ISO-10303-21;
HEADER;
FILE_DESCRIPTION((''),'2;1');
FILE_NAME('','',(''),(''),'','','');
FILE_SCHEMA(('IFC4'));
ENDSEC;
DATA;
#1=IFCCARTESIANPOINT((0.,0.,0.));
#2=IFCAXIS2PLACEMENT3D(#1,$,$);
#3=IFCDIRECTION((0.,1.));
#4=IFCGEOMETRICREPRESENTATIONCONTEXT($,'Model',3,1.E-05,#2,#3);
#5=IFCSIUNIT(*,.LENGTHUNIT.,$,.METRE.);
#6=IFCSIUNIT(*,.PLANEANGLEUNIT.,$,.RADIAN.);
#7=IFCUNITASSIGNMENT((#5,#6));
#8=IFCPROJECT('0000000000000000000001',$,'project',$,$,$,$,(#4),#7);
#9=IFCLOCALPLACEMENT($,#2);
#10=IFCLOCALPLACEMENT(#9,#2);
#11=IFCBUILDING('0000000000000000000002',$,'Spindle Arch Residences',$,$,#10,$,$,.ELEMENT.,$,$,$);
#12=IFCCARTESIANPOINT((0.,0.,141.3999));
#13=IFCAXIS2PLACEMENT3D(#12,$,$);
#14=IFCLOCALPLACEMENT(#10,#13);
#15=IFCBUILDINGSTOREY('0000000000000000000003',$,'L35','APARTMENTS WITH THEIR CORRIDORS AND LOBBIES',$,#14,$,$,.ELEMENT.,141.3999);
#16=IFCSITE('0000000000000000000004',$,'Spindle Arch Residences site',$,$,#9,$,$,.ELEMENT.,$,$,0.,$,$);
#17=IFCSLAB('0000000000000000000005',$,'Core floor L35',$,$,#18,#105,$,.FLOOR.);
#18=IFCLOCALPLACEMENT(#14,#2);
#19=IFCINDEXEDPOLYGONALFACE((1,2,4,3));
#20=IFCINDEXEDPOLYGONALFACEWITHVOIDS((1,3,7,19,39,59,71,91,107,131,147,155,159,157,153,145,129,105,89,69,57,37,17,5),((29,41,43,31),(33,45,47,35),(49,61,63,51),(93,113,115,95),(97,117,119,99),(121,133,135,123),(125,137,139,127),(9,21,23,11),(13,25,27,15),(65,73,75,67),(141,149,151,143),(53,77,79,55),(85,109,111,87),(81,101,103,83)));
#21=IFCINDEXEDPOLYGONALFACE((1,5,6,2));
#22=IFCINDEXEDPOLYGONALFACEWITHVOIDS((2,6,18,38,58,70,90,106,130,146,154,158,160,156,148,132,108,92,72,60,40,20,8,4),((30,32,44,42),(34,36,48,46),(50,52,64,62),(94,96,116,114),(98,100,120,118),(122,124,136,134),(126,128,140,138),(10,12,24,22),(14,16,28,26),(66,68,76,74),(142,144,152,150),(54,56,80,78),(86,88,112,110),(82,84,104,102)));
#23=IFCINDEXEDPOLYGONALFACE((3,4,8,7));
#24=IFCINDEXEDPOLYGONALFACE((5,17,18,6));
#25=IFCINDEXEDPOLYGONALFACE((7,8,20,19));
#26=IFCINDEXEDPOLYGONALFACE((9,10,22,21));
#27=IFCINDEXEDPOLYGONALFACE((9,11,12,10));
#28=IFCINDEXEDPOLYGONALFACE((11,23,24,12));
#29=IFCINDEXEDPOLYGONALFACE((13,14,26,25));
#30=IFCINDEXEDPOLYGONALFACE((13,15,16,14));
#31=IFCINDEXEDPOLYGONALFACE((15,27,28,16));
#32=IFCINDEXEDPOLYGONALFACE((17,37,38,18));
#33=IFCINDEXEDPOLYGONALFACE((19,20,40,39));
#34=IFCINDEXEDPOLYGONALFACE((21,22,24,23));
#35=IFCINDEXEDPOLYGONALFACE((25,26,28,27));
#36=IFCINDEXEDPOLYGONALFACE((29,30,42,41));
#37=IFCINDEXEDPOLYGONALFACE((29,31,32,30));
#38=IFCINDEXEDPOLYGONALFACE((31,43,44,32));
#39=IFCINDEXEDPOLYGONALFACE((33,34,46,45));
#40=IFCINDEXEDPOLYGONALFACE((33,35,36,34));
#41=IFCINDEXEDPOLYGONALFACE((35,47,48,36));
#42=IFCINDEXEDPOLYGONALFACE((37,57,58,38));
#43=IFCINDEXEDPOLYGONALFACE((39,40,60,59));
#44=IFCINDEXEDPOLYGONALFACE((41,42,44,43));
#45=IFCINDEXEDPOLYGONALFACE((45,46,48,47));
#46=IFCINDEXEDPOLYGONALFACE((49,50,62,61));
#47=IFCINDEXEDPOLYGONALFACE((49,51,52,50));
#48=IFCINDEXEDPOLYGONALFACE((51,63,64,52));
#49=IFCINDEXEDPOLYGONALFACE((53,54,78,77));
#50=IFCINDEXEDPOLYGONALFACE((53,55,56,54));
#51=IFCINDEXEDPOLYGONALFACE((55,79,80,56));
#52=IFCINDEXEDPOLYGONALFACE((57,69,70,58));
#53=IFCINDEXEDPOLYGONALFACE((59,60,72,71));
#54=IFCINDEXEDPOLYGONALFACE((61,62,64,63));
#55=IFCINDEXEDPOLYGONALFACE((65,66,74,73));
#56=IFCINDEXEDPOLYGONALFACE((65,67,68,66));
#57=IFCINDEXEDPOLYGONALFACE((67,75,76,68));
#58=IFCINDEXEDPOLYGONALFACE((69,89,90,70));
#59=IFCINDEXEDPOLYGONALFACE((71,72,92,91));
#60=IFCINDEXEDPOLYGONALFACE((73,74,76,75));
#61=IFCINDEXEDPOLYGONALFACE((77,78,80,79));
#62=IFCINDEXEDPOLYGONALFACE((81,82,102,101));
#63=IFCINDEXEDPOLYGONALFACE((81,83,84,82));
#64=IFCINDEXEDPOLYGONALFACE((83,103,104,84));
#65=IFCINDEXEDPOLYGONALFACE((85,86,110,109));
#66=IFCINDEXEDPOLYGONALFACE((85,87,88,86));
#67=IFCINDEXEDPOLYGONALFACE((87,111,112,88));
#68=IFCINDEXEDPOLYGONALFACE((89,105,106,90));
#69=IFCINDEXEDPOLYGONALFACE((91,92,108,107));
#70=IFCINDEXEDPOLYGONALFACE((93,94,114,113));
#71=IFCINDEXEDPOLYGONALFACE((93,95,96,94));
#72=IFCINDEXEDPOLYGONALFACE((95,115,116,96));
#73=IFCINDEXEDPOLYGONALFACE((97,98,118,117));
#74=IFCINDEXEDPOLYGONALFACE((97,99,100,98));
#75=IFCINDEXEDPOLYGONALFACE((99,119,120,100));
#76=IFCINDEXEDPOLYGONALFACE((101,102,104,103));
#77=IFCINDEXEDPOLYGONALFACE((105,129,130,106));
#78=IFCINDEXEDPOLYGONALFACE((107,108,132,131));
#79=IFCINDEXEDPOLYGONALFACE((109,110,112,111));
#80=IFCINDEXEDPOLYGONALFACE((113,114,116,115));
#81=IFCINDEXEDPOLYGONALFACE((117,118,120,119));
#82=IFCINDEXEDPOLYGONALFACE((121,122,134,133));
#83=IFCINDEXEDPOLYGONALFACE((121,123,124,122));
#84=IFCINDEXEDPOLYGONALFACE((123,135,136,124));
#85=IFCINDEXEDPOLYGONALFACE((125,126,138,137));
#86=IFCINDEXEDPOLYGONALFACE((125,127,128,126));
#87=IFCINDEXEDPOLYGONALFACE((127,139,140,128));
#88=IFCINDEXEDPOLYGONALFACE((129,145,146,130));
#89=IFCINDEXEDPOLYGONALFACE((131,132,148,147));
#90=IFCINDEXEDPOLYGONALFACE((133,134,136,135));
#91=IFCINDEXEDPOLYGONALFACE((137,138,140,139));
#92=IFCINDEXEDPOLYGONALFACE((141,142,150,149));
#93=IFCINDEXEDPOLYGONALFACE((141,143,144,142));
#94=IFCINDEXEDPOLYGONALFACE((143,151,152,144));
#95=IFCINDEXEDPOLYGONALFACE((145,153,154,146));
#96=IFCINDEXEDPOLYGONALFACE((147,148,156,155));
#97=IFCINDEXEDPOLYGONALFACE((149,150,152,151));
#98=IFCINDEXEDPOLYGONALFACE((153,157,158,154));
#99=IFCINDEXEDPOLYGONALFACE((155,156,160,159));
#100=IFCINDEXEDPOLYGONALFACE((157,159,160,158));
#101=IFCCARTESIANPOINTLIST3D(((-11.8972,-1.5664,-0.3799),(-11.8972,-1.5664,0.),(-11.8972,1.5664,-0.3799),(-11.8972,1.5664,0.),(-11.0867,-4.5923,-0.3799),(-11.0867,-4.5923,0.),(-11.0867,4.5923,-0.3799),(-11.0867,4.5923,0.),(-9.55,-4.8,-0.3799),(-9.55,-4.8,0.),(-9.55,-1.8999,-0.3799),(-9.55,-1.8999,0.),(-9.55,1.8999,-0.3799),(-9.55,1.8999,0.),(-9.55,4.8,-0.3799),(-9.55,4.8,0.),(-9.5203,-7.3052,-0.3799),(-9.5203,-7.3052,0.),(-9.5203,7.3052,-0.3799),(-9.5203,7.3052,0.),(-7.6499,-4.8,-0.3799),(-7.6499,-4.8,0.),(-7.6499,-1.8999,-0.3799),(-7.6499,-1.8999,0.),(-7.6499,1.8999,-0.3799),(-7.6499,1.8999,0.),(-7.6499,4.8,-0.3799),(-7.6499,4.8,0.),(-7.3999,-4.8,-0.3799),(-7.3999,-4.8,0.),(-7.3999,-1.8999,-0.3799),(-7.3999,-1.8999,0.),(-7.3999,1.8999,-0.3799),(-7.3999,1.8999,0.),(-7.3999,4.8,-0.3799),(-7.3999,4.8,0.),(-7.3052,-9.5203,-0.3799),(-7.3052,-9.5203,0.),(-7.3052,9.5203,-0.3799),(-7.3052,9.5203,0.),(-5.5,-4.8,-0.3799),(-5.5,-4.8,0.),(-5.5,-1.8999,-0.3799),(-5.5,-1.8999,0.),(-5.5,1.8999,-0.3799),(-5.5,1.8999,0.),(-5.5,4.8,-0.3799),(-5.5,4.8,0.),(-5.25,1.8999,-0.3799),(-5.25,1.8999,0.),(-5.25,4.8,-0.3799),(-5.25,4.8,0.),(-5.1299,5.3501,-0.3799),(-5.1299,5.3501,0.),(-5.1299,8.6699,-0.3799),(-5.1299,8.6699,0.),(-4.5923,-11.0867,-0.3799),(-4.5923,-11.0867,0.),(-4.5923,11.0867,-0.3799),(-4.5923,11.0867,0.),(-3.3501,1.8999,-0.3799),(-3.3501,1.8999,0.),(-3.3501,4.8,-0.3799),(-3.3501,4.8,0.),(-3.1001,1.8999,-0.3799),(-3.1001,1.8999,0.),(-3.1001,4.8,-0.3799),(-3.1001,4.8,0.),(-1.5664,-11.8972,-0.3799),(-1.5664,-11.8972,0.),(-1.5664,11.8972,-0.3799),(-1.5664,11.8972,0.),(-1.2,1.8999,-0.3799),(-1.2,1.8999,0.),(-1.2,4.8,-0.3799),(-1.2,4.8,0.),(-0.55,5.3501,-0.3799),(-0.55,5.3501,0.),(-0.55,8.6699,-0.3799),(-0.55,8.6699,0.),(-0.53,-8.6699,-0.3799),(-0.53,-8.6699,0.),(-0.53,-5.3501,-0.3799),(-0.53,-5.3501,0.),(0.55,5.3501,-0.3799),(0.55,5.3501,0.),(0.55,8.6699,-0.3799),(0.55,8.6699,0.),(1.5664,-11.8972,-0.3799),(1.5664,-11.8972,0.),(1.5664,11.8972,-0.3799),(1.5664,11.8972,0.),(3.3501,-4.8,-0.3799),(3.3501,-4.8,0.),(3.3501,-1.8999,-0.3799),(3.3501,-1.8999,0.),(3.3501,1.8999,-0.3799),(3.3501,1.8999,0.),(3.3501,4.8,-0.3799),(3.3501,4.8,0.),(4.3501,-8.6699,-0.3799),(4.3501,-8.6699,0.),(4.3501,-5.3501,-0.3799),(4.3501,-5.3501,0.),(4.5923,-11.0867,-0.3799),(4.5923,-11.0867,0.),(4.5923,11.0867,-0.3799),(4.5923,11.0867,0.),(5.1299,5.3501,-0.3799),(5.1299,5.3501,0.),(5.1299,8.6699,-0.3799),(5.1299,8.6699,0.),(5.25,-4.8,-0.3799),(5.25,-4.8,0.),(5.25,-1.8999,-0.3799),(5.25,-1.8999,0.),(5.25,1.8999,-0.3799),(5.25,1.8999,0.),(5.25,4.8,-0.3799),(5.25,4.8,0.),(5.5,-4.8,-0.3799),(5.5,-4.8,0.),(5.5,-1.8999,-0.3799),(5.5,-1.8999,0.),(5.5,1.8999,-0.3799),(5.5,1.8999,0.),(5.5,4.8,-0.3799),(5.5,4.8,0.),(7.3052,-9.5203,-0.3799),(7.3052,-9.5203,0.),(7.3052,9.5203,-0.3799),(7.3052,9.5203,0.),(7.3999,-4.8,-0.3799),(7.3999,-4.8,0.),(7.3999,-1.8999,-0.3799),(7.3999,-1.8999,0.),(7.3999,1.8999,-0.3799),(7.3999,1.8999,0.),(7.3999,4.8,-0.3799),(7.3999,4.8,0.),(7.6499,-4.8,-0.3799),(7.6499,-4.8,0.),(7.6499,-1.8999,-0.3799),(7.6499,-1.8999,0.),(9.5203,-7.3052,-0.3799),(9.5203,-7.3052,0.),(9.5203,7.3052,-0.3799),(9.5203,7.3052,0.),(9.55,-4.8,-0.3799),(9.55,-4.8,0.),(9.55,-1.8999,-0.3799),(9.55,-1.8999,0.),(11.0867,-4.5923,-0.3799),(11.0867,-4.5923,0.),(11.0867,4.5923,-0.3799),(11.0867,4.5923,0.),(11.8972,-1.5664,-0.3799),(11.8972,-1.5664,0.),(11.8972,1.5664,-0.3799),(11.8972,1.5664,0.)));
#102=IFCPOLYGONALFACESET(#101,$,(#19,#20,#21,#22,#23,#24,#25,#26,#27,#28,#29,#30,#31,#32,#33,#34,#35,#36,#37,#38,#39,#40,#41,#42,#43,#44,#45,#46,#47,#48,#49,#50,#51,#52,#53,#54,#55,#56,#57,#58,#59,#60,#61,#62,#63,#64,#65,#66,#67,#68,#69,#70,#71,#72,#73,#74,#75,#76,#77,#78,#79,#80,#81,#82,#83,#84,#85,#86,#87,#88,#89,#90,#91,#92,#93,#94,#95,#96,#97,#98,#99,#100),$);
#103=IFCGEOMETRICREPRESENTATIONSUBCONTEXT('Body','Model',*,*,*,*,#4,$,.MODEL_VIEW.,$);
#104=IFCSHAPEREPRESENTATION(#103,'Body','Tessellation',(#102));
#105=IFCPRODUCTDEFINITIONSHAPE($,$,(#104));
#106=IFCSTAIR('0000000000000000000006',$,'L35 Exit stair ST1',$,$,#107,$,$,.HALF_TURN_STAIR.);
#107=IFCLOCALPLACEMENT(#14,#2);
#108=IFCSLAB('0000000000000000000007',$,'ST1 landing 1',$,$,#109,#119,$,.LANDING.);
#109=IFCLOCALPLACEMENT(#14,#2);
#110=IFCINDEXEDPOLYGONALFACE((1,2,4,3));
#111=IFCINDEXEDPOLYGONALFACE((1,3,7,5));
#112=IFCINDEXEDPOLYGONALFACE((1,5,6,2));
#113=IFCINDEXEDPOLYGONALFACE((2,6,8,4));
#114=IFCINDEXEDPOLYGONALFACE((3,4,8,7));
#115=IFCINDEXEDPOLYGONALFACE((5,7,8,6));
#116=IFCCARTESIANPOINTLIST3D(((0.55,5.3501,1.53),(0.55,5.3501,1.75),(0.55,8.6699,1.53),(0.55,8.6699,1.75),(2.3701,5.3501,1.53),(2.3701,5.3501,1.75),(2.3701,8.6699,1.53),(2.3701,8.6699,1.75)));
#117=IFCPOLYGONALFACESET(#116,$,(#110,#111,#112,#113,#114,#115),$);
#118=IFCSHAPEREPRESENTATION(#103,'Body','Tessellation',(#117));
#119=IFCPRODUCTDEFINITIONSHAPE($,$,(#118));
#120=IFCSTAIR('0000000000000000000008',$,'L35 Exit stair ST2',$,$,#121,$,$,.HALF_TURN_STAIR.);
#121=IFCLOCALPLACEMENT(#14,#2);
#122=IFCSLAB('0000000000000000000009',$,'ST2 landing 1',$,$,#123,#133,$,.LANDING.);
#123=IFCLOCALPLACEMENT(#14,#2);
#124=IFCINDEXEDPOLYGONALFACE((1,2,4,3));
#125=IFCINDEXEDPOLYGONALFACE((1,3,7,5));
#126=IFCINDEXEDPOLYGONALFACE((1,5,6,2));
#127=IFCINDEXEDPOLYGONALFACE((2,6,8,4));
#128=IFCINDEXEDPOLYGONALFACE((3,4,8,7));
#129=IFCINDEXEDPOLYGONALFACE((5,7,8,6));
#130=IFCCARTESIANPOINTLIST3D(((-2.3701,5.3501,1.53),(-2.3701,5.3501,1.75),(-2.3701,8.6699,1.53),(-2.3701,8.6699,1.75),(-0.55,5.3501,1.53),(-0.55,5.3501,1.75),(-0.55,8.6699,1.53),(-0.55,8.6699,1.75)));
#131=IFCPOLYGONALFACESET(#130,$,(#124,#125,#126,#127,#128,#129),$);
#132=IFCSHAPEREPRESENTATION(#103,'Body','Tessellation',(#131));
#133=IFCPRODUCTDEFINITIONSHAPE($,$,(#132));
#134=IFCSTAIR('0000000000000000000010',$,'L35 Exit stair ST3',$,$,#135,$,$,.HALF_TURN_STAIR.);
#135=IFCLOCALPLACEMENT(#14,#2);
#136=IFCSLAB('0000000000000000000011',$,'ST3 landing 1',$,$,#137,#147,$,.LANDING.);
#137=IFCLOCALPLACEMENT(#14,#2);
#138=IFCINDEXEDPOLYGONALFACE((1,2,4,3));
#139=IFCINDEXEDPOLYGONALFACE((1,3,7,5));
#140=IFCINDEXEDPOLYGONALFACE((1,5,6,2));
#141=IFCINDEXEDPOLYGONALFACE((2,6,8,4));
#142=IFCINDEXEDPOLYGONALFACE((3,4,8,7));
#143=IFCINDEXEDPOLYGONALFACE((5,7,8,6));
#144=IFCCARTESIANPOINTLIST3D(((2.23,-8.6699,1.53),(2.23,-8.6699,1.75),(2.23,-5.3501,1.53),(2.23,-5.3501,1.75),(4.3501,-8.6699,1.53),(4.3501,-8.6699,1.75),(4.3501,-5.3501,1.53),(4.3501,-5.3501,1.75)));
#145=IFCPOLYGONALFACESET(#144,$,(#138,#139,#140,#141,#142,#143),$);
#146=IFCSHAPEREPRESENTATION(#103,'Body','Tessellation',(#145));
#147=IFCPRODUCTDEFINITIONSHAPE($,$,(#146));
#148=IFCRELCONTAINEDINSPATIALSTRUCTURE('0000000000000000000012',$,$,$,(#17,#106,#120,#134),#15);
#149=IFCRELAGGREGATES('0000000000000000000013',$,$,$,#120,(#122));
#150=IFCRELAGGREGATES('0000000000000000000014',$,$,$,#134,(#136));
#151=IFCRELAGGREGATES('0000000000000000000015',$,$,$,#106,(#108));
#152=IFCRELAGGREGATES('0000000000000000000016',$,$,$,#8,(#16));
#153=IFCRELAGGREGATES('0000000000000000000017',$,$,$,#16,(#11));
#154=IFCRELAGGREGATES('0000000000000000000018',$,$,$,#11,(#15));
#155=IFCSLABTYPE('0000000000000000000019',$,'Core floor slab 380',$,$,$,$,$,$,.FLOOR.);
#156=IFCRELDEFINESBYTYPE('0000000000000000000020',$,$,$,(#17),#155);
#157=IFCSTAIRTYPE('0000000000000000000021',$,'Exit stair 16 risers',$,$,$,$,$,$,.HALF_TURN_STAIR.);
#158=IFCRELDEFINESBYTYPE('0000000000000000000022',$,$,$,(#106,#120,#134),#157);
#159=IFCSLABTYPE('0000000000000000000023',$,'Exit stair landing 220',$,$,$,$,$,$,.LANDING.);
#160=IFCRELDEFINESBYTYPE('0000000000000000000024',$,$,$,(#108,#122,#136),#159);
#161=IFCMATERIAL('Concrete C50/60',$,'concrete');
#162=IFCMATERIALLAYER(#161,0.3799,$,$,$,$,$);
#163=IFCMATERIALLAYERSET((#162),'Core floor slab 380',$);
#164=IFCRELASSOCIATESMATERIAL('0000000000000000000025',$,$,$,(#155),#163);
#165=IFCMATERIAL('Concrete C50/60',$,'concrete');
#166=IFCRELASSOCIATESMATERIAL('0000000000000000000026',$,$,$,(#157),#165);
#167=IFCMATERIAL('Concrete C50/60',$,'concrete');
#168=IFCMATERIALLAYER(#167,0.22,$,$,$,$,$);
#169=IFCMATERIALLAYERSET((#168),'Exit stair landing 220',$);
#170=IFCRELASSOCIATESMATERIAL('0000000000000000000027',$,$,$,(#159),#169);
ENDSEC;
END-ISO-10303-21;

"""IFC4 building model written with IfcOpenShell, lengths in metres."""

from ifc_helpers import new_model, si_unit, direction, frame, origin, place, context, subcontext, project, spatial, polyline, outline, extrude, material, layer, layer_set, type_object, element, aggregate, save


model = new_model("IFC4")

# Units and contexts
model_context = context("Model", 3, precision=1e-05, world=origin(), true_north=direction((0.0, 1.0)))
body_context = subcontext(model_context, "Body", "Model", "MODEL_VIEW")
ifc_project = project(units=[si_unit("LENGTHUNIT", "METRE"), si_unit("PLANEANGLEUNIT", "RADIAN")], contexts=[model_context])

# Site, building, storey
site_placement = place(None, origin())
site = spatial("IfcSite", under=ifc_project, at=site_placement, Name="Spindle Arch Residences site", CompositionType="ELEMENT", RefElevation=0.0)
building_placement = place(site_placement, origin())
building = spatial("IfcBuilding", under=site, at=building_placement, Name="Spindle Arch Residences", CompositionType="ELEMENT")
storey_placement = place(building_placement, frame((0.0, 0.0, 141.3999)))
storey = spatial("IfcBuildingStorey", under=building, at=storey_placement, Name="L35", Description="APARTMENTS WITH THEIR CORRIDORS AND LOBBIES", CompositionType="ELEMENT", Elevation=141.3999)

# Slab
ifc_material_1 = material(Name="Concrete C50/60", Category="concrete")
ifc_layer_1 = layer(ifc_material_1, 0.3799)
ifc_layer_set_1 = layer_set([ifc_layer_1], Name="Core floor slab 380")
slab_type_1 = type_object("IfcSlabType", Name="Core floor slab 380", PredefinedType="FLOOR", material=ifc_layer_set_1)
slab_1_placement = place(storey_placement, frame((0.0, 0.0, -0.3799)))
element("IfcSlab", 1, at=slab_1_placement, inside=storey, type_object=slab_type_1, Name="Core floor L35", PredefinedType="FLOOR", context=body_context, shape_type="SweptSolid", body=[
    extrude(outline(polyline([(1.5664, -11.8972), (4.5923, -11.0867), (7.3052, -9.5203), (9.5203, -7.3052), (11.0867, -4.5923), (11.8972, -1.5664), (11.8972, 1.5664), (11.0867, 4.5923), (9.5203, 7.3052), (7.3052, 9.5203), (4.5923, 11.0867), (1.5664, 11.8972), (-1.5664, 11.8972), (-4.5923, 11.0867), (-7.3052, 9.5203), (-9.5203, 7.3052), (-11.0867, 4.5923), (-11.8972, 1.5664), (-11.8972, -1.5664), (-11.0867, -4.5923), (-9.5203, -7.3052), (-7.3052, -9.5203), (-4.5923, -11.0867), (-1.5664, -11.8972), (1.5664, -11.8972)]), holes=[polyline([(-9.55, 1.8999), (-7.6499, 1.8999), (-7.6499, 4.8), (-9.55, 4.8), (-9.55, 1.8999)]), polyline([(-7.3999, 1.8999), (-5.5, 1.8999), (-5.5, 4.8), (-7.3999, 4.8), (-7.3999, 1.8999)]), polyline([(-5.25, 1.8999), (-3.3501, 1.8999), (-3.3501, 4.8), (-5.25, 4.8), (-5.25, 1.8999)]), polyline([(-3.1001, 1.8999), (-1.2, 1.8999), (-1.2, 4.8), (-3.1001, 4.8), (-3.1001, 1.8999)]), polyline([(3.3501, 1.8999), (5.25, 1.8999), (5.25, 4.8), (3.3501, 4.8), (3.3501, 1.8999)]), polyline([(5.5, 1.8999), (7.3999, 1.8999), (7.3999, 4.8), (5.5, 4.8), (5.5, 1.8999)]), polyline([(-9.55, -4.8), (-7.6499, -4.8), (-7.6499, -1.8999), (-9.55, -1.8999), (-9.55, -4.8)]), polyline([(-7.3999, -4.8), (-5.5, -4.8), (-5.5, -1.8999), (-7.3999, -1.8999), (-7.3999, -4.8)]), polyline([(3.3501, -4.8), (5.25, -4.8), (5.25, -1.8999), (3.3501, -1.8999), (3.3501, -4.8)]), polyline([(5.5, -4.8), (7.3999, -4.8), (7.3999, -1.8999), (5.5, -1.8999), (5.5, -4.8)]), polyline([(7.6499, -4.8), (9.55, -4.8), (9.55, -1.8999), (7.6499, -1.8999), (7.6499, -4.8)]), polyline([(5.1299, 8.6699), (0.55, 8.6699), (0.55, 5.3501), (5.1299, 5.3501), (5.1299, 8.6699)]), polyline([(-5.1299, 5.3501), (-0.55, 5.3501), (-0.55, 8.6699), (-5.1299, 8.6699), (-5.1299, 5.3501)]), polyline([(-0.53, -8.6699), (4.3501, -8.6699), (4.3501, -5.3501), (-0.53, -5.3501), (-0.53, -8.6699)])]), origin(), (0.0, 0.0, 1.0), 0.3799),
])

# Stairs, slabs
ifc_material_2 = material(Name="Concrete C50/60", Category="concrete")
stair_type = type_object("IfcStairType", Name="Exit stair 16 risers", PredefinedType="HALF_TURN_STAIR", material=ifc_material_2)
stair_1_placement = place(storey_placement, origin())
stair_1 = element("IfcStair", 2, at=stair_1_placement, inside=storey, type_object=stair_type, Name="L35 Exit stair ST1", PredefinedType="HALF_TURN_STAIR")
ifc_material_3 = material(Name="Concrete C50/60", Category="concrete")
ifc_layer_2 = layer(ifc_material_3, 0.22)
ifc_layer_set_2 = layer_set([ifc_layer_2], Name="Exit stair landing 220")
slab_type_2 = type_object("IfcSlabType", Name="Exit stair landing 220", PredefinedType="LANDING", material=ifc_layer_set_2)
slab_2_placement = place(storey_placement, frame((0.0, 0.0, 1.53)))
slab_2 = element("IfcSlab", 3, at=slab_2_placement, type_object=slab_type_2, Name="ST1 landing 1", PredefinedType="LANDING", context=body_context, shape_type="SweptSolid", body=[
    extrude(outline(polyline([(2.3701, 8.6699), (0.55, 8.6699), (0.55, 5.3501), (2.3701, 5.3501), (2.3701, 8.6699)])), origin(), (0.0, 0.0, 1.0), 0.22),
])
stair_2_placement = place(storey_placement, origin())
stair_2 = element("IfcStair", 4, at=stair_2_placement, inside=storey, type_object=stair_type, Name="L35 Exit stair ST2", PredefinedType="HALF_TURN_STAIR")
slab_3_placement = place(storey_placement, frame((0.0, 0.0, 1.53)))
slab_3 = element("IfcSlab", 5, at=slab_3_placement, type_object=slab_type_2, Name="ST2 landing 1", PredefinedType="LANDING", context=body_context, shape_type="SweptSolid", body=[
    extrude(outline(polyline([(-2.3701, 5.3501), (-0.55, 5.3501), (-0.55, 8.6699), (-2.3701, 8.6699), (-2.3701, 5.3501)])), origin(), (0.0, 0.0, 1.0), 0.22),
])
aggregate(stair_2, [slab_3])
stair_3_placement = place(storey_placement, origin())
stair_3 = element("IfcStair", 6, at=stair_3_placement, inside=storey, type_object=stair_type, Name="L35 Exit stair ST3", PredefinedType="HALF_TURN_STAIR")
slab_4_placement = place(storey_placement, frame((0.0, 0.0, 1.53)))
slab_4 = element("IfcSlab", 7, at=slab_4_placement, type_object=slab_type_2, Name="ST3 landing 1", PredefinedType="LANDING", context=body_context, shape_type="SweptSolid", body=[
    extrude(outline(polyline([(2.23, -8.6699), (4.3501, -8.6699), (4.3501, -5.3501), (2.23, -5.3501), (2.23, -8.6699)])), origin(), (0.0, 0.0, 1.0), 0.22),
])
aggregate(stair_3, [slab_4])

aggregate(stair_1, [slab_2])

save(model, "model.ifc")
